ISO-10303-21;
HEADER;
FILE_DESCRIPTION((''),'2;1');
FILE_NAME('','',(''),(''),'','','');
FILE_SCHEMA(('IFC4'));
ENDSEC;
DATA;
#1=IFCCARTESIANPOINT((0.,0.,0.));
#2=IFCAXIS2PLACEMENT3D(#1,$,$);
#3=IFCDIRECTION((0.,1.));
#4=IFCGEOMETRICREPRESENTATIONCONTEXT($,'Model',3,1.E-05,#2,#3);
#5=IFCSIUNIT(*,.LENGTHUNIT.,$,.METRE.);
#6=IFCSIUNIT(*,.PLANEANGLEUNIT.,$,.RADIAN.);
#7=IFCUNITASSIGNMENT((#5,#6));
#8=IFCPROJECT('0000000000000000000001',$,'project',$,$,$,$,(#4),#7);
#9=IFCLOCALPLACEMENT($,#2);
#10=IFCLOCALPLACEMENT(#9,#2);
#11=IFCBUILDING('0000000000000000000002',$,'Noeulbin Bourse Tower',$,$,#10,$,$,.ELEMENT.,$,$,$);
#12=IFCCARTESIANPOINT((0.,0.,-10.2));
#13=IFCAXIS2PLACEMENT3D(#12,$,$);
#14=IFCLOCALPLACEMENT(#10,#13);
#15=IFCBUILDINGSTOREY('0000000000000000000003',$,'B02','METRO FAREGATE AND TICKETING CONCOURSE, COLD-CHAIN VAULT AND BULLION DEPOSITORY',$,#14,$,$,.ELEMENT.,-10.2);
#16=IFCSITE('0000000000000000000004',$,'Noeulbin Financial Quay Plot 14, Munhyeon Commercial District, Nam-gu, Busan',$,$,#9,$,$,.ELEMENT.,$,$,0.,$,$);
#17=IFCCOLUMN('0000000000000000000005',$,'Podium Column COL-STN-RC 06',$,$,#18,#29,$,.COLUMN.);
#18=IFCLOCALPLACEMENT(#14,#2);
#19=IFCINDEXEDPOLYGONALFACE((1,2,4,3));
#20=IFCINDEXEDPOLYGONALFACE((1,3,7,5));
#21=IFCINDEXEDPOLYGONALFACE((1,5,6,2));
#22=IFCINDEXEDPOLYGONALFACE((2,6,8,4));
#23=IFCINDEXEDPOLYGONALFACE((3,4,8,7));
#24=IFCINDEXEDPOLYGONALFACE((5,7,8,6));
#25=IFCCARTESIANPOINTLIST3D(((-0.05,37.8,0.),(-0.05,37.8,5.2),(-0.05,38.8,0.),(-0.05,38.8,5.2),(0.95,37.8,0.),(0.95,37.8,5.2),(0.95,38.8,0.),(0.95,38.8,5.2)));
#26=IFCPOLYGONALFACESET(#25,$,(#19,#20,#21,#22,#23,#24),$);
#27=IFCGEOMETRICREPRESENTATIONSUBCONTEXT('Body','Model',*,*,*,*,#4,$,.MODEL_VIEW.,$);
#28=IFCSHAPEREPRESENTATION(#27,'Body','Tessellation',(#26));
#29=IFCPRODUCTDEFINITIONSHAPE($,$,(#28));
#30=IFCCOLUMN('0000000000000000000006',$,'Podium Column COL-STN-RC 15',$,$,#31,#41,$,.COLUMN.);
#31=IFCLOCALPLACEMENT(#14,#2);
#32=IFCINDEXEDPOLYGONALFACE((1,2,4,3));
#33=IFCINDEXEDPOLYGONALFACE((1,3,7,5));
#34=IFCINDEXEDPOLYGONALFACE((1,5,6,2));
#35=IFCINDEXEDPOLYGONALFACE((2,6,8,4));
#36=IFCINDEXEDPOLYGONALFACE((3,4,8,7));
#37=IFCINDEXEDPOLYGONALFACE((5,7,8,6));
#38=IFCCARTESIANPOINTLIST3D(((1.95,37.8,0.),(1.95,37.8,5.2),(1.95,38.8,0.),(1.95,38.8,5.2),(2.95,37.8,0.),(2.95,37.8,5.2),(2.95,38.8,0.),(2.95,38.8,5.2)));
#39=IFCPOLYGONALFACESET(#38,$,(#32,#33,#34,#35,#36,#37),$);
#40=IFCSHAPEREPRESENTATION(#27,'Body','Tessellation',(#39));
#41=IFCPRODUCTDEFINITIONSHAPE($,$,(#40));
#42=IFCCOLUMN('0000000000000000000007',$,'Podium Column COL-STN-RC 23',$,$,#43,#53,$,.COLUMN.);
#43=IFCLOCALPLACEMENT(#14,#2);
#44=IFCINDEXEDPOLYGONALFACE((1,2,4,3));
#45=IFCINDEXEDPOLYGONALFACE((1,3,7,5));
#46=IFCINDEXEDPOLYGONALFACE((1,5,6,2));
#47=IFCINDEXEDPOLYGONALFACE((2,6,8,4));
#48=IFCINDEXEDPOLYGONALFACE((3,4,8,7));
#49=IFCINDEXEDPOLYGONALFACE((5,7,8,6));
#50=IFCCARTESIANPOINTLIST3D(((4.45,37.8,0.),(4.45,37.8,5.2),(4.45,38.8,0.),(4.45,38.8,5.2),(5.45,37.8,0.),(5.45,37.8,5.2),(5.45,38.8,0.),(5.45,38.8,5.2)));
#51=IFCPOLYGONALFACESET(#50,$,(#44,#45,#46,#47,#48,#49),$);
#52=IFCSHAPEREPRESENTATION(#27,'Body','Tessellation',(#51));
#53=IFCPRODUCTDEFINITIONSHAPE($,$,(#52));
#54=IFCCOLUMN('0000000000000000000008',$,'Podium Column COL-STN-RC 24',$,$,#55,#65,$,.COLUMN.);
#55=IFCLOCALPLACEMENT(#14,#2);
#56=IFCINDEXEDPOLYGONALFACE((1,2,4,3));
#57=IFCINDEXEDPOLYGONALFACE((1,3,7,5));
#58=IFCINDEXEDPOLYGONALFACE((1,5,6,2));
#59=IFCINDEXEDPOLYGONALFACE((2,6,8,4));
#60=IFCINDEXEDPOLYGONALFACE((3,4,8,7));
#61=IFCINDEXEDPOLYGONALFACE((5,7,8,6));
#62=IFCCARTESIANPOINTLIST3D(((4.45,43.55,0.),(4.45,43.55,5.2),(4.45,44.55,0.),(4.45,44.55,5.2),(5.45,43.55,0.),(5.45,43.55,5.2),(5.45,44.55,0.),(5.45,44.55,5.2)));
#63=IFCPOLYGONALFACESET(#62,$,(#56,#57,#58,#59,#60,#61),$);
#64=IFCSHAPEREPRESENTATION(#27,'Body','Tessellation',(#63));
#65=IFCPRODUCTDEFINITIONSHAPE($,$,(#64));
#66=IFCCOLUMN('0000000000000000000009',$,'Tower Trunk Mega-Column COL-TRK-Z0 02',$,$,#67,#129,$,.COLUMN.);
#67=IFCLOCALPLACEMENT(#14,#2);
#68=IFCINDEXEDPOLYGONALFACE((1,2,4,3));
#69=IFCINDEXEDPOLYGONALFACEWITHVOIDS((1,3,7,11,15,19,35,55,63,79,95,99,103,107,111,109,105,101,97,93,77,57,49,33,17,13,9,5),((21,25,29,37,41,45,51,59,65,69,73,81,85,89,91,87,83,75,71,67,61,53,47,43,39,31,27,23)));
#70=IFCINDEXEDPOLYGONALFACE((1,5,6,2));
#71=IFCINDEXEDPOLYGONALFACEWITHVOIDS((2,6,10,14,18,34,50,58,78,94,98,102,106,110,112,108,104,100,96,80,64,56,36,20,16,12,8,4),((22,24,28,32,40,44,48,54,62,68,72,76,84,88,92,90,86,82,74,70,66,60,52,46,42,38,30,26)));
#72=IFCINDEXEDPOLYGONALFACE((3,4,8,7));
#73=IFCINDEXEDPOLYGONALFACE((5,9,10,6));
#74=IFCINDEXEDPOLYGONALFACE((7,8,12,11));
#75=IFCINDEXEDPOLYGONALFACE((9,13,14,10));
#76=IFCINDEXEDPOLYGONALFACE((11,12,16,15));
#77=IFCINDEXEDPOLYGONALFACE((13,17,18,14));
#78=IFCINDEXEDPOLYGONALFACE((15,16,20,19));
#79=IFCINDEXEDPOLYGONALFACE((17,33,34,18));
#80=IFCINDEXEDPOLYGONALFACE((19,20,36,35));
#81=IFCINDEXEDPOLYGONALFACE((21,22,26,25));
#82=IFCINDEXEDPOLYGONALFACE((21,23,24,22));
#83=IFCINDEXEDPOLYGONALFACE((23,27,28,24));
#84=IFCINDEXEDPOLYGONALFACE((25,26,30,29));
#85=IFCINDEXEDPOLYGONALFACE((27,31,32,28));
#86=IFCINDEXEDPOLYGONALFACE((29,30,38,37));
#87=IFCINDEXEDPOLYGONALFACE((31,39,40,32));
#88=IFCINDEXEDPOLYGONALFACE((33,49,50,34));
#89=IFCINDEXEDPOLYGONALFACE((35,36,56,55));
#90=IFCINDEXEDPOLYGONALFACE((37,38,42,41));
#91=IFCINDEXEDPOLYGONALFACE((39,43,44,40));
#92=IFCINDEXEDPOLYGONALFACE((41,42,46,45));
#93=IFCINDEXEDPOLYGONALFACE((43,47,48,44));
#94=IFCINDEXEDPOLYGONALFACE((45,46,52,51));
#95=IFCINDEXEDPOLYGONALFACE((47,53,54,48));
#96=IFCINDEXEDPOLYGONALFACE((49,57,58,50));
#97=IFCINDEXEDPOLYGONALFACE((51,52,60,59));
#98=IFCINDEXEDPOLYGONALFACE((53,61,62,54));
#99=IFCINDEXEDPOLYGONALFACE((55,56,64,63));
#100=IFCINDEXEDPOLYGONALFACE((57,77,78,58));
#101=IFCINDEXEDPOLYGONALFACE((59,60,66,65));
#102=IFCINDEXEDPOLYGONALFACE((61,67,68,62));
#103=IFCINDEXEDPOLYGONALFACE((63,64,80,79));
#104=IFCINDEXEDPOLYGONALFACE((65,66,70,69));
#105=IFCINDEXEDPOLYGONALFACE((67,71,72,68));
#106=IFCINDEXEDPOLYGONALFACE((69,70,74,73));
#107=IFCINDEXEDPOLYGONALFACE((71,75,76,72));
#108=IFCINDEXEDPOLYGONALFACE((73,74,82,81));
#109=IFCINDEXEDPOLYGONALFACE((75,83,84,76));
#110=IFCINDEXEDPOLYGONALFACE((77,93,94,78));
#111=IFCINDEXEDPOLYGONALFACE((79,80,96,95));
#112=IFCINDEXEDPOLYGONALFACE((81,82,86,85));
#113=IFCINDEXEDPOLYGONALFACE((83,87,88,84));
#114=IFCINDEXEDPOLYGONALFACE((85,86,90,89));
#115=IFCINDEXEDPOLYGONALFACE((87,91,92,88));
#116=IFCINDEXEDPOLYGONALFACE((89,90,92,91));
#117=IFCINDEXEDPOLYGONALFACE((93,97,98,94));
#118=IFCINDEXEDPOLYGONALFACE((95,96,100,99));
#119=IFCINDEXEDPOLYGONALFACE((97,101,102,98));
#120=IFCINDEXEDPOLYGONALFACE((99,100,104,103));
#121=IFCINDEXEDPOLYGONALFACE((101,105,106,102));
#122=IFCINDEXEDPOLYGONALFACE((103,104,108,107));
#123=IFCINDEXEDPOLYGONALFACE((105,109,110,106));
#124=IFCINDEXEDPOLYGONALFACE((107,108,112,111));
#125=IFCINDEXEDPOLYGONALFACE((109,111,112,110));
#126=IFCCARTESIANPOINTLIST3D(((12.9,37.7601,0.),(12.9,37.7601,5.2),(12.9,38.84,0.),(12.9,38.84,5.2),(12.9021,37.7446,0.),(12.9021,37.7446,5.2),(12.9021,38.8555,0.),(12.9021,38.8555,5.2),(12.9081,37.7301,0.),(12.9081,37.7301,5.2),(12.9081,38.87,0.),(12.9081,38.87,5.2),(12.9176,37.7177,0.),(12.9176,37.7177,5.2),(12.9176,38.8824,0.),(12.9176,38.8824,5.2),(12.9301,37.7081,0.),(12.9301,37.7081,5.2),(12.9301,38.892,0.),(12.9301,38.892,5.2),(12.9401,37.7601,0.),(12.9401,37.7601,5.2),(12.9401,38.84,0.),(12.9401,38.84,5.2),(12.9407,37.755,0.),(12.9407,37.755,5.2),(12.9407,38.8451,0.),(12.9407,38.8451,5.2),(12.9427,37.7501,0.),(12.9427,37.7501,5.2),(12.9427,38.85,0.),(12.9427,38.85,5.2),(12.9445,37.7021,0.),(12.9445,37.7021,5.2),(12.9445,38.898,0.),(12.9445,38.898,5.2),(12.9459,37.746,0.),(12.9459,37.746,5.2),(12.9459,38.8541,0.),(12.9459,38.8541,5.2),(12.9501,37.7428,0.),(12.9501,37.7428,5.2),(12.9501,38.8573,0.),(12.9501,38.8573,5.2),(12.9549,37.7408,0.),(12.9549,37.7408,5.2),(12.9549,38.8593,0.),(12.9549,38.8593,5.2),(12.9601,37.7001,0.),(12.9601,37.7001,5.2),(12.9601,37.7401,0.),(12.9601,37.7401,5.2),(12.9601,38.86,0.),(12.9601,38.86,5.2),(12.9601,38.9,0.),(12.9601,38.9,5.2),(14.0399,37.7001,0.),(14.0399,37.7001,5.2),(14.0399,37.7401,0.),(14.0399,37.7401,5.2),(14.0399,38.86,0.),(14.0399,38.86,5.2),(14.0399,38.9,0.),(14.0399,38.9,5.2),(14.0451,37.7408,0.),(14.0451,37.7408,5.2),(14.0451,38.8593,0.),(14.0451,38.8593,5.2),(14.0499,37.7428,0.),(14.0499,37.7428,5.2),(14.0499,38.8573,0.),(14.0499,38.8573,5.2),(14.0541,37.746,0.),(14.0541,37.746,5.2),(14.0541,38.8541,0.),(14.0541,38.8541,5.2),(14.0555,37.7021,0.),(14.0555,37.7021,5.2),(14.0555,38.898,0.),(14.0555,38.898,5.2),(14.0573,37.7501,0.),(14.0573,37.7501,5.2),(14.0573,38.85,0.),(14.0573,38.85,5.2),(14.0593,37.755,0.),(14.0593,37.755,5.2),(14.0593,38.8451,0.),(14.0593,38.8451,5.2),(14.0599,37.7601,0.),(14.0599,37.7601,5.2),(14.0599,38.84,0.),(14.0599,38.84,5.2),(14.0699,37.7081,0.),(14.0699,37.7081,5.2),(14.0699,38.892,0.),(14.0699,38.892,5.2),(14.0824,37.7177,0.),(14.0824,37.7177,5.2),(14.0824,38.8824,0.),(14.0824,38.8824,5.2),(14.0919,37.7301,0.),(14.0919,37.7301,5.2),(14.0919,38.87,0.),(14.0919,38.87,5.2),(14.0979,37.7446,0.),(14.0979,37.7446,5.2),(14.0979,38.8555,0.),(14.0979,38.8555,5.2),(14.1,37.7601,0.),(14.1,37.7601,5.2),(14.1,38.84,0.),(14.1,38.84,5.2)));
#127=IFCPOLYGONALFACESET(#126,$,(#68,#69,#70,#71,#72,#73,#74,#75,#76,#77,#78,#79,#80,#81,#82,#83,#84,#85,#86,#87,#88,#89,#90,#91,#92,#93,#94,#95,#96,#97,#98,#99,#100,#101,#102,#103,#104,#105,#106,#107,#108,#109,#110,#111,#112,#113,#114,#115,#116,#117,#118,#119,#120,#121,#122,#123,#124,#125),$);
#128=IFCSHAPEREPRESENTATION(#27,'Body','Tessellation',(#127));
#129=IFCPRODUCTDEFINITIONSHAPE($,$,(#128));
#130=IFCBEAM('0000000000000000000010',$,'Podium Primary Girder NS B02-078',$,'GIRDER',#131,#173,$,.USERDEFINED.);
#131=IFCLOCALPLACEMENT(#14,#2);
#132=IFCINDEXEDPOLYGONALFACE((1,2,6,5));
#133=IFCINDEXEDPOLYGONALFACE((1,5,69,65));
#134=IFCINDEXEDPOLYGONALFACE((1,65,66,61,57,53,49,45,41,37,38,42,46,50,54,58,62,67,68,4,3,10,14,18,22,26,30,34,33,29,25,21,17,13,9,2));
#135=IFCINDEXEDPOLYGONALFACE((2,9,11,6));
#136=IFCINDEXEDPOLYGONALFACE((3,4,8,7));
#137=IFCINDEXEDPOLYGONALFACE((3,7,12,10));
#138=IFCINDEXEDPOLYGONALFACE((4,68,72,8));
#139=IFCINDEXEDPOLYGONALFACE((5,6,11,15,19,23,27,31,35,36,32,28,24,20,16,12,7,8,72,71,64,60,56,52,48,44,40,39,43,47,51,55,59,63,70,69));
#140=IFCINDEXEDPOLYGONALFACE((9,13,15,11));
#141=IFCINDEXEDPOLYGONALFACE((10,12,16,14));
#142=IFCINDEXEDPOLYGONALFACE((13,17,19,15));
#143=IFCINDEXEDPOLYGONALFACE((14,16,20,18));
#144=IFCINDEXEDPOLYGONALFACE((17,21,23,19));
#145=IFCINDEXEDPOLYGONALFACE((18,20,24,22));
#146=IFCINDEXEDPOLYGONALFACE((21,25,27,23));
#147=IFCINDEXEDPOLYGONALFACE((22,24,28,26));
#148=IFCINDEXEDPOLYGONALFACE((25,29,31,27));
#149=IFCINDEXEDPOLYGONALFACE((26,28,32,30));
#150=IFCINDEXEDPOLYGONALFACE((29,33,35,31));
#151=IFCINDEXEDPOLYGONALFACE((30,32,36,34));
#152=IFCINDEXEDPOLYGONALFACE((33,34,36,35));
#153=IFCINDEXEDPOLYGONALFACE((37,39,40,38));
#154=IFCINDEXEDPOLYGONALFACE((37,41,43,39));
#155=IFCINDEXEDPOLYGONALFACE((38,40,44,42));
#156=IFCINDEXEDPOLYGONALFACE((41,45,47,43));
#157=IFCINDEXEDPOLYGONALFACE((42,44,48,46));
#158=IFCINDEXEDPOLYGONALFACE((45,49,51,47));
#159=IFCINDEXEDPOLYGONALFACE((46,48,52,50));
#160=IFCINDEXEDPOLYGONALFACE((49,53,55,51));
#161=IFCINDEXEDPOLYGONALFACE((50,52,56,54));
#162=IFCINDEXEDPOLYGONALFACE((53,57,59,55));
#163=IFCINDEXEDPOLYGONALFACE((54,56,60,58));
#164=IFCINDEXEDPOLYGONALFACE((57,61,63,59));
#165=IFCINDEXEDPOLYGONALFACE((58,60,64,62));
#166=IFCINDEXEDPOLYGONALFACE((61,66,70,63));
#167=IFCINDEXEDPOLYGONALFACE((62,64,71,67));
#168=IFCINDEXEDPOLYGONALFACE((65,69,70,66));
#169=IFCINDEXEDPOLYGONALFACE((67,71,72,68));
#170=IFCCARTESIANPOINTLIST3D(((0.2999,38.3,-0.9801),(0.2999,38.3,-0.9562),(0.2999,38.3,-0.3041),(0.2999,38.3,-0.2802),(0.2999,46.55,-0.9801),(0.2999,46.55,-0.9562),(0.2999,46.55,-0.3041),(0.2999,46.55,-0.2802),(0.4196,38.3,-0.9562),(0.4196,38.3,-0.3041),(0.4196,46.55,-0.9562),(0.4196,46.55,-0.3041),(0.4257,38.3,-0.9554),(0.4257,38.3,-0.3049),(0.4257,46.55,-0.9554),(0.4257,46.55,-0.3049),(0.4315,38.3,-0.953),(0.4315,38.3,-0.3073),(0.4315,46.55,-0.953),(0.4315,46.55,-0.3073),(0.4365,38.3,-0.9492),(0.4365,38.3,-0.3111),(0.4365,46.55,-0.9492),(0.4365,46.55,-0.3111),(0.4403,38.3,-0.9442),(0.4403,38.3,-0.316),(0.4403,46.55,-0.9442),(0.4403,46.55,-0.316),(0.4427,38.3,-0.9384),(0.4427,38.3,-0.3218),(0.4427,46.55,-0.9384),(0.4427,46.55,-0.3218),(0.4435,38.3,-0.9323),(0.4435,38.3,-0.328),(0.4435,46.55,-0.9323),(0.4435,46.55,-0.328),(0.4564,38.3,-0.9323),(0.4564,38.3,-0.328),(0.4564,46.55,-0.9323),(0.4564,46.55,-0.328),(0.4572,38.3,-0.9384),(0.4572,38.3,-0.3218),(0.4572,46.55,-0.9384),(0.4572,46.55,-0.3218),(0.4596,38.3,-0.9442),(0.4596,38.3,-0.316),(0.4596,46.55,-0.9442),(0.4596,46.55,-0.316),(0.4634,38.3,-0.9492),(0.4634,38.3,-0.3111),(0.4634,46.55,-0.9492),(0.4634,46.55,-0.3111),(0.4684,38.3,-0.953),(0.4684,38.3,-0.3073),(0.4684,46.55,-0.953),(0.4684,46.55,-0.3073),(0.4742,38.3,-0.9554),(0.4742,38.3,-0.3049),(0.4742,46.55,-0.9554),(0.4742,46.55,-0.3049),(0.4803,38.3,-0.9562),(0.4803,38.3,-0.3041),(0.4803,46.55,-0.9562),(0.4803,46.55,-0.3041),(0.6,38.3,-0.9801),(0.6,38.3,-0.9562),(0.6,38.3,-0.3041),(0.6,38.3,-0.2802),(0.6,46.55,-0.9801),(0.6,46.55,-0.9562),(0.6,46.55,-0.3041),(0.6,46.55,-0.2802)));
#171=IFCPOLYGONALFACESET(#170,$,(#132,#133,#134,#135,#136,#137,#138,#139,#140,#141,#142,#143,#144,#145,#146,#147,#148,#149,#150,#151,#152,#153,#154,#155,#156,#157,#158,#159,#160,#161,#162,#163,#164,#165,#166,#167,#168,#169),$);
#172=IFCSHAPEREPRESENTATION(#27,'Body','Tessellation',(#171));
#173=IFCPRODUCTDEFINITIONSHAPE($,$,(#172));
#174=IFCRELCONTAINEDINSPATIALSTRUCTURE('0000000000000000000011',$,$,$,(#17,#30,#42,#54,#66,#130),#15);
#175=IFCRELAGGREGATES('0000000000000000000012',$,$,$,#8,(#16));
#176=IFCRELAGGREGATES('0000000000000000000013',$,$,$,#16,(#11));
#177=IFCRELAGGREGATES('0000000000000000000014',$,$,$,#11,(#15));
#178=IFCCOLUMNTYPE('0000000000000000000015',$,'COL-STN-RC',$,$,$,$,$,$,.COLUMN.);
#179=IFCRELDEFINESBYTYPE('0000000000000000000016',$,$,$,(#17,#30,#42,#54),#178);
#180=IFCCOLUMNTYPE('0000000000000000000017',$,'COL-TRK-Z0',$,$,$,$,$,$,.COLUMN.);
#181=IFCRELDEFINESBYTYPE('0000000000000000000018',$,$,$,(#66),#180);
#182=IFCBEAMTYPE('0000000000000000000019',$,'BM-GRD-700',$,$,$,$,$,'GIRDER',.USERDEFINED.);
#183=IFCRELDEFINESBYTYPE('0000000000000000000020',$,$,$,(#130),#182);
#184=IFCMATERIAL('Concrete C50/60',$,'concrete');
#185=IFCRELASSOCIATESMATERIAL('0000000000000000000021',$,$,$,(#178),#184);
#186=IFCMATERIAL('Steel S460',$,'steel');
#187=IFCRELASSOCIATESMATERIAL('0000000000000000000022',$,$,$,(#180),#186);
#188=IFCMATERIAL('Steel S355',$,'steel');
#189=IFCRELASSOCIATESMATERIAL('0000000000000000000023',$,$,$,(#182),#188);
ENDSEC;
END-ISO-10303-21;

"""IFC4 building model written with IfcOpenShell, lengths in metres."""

from ifc_helpers import new_model, si_unit, direction, frame, origin, origin_2d, place, context, subcontext, project, spatial, rectangle, hollow_rectangle, i_section, extrude, material, material_profile, profile_set, type_object, element, save


model = new_model("IFC4")

# Units and contexts
model_context = context("Model", 3, precision=1e-05, world=origin(), true_north=direction((0.0, 1.0)))
body_context = subcontext(model_context, "Body", "Model", "MODEL_VIEW")
ifc_project = project(units=[si_unit("LENGTHUNIT", "METRE"), si_unit("PLANEANGLEUNIT", "RADIAN")], contexts=[model_context])

# Site, building, storey
site_placement = place(None, origin())
site = spatial("IfcSite", under=ifc_project, at=site_placement, Name="Noeulbin Financial Quay Plot 14, Munhyeon Commercial District, Nam-gu, Busan", CompositionType="ELEMENT", RefElevation=0.0)
building_placement = place(site_placement, origin())
building = spatial("IfcBuilding", under=site, at=building_placement, Name="Noeulbin Bourse Tower", CompositionType="ELEMENT")
storey_placement = place(building_placement, frame((0.0, 0.0, -10.2)))
storey = spatial("IfcBuildingStorey", under=building, at=storey_placement, Name="B02", Description="METRO FAREGATE AND TICKETING CONCOURSE, COLD-CHAIN VAULT AND BULLION DEPOSITORY", CompositionType="ELEMENT", Elevation=-10.2)

# Columns
ifc_material_1 = material(Name="Concrete C50/60", Category="concrete")
ifc_material_profile_1 = material_profile(ifc_material_1, rectangle(XDim=1.0, YDim=1.0, at=origin_2d()), Name="RC-COL-1000x1000", Category="LoadBearing")
ifc_profile_set_1 = profile_set([ifc_material_profile_1], Name="Concrete C50/60")
column_type_1 = type_object("IfcColumnType", Name="COL-STN-RC", PredefinedType="COLUMN", material=ifc_profile_set_1)
for number, where, z_axis, x_axis, name in (
    (1, (0.45, 38.3, 0.0), (0.0, 0.0, 1.0), (1.0, 0.0, 0.0), "Podium Column COL-STN-RC 06"),
    (2, (2.45, 38.3, 0.0), (0.0, 0.0, 1.0), (1.0, 0.0, 0.0), "Podium Column COL-STN-RC 15"),
    (3, (4.95, 38.3, 0.0), (0.0, 0.0, 1.0), (1.0, 0.0, 0.0), "Podium Column COL-STN-RC 23"),
    (4, (4.95, 44.05, 0.0), (0.0, 0.0, 1.0), (1.0, 0.0, 0.0), "Podium Column COL-STN-RC 24"),
):
    element("IfcColumn", number, at=place(storey_placement, frame(where, z_axis=z_axis, x_axis=x_axis)), inside=storey, type_object=column_type_1, Name=name, PredefinedType="COLUMN", context=body_context, shape_type="SweptSolid", body=[
        extrude(rectangle(XDim=1.0, YDim=1.0, at=origin_2d()), origin(), (0.0, 0.0, 1.0), 5.2),
    ])
ifc_material_2 = material(Name="Steel S460", Category="steel")
ifc_material_profile_2 = material_profile(ifc_material_2, hollow_rectangle(XDim=1.2, YDim=1.2, WallThickness=0.04, InnerFilletRadius=0.02, OuterFilletRadius=0.0601, at=origin_2d()), Name="BOX-1200x1200x40", Category="LoadBearing")
ifc_profile_set_2 = profile_set([ifc_material_profile_2], Name="Steel S460")
column_type_2 = type_object("IfcColumnType", Name="COL-TRK-Z0", PredefinedType="COLUMN", material=ifc_profile_set_2)
column_placement = place(storey_placement, frame((13.5, 38.3, 0.0), z_axis=(0.0, 0.0, 1.0), x_axis=(1.0, 0.0, 0.0)))
element("IfcColumn", 5, at=column_placement, inside=storey, type_object=column_type_2, Name="Tower Trunk Mega-Column COL-TRK-Z0 02", PredefinedType="COLUMN", context=body_context, shape_type="SweptSolid", body=[
    extrude(hollow_rectangle(XDim=1.2, YDim=1.2, WallThickness=0.04, InnerFilletRadius=0.02, OuterFilletRadius=0.0601, at=origin_2d()), origin(), (0.0, 0.0, 1.0), 5.2),
])

# Beam
ifc_material_3 = material(Name="Steel S355", Category="steel")
ifc_material_profile_3 = material_profile(ifc_material_3, i_section(OverallWidth=0.3, OverallDepth=0.7, WebThickness=0.0129, FlangeThickness=0.0239, FilletRadius=0.0239, at=origin_2d()), Name="H-700x300x13x24", Category="LoadBearing")
ifc_profile_set_3 = profile_set([ifc_material_profile_3], Name="Steel S355")
beam_type_1 = type_object("IfcBeamType", Name="BM-GRD-700", ElementType="GIRDER", PredefinedType="USERDEFINED", material=ifc_profile_set_3)
for number, where, z_axis, x_axis, name in (
    (6, (0.45, 38.3, -0.6301), (0.0, 1.0, 0.0), (-1.0, 0.0, 0.0), "Podium Primary Girder NS B02-078"),
):
    element("IfcBeam", number, at=place(storey_placement, frame(where, z_axis=z_axis, x_axis=x_axis)), inside=storey, type_object=beam_type_1, Name=name, ObjectType="GIRDER", PredefinedType="USERDEFINED", context=body_context, shape_type="SweptSolid", body=[
        extrude(i_section(OverallWidth=0.3, OverallDepth=0.7, WebThickness=0.0129, FlangeThickness=0.0239, FilletRadius=0.0239, at=origin_2d()), origin(), (0.0, 0.0, 1.0), 8.25),
    ])

save(model, "model.ifc")
